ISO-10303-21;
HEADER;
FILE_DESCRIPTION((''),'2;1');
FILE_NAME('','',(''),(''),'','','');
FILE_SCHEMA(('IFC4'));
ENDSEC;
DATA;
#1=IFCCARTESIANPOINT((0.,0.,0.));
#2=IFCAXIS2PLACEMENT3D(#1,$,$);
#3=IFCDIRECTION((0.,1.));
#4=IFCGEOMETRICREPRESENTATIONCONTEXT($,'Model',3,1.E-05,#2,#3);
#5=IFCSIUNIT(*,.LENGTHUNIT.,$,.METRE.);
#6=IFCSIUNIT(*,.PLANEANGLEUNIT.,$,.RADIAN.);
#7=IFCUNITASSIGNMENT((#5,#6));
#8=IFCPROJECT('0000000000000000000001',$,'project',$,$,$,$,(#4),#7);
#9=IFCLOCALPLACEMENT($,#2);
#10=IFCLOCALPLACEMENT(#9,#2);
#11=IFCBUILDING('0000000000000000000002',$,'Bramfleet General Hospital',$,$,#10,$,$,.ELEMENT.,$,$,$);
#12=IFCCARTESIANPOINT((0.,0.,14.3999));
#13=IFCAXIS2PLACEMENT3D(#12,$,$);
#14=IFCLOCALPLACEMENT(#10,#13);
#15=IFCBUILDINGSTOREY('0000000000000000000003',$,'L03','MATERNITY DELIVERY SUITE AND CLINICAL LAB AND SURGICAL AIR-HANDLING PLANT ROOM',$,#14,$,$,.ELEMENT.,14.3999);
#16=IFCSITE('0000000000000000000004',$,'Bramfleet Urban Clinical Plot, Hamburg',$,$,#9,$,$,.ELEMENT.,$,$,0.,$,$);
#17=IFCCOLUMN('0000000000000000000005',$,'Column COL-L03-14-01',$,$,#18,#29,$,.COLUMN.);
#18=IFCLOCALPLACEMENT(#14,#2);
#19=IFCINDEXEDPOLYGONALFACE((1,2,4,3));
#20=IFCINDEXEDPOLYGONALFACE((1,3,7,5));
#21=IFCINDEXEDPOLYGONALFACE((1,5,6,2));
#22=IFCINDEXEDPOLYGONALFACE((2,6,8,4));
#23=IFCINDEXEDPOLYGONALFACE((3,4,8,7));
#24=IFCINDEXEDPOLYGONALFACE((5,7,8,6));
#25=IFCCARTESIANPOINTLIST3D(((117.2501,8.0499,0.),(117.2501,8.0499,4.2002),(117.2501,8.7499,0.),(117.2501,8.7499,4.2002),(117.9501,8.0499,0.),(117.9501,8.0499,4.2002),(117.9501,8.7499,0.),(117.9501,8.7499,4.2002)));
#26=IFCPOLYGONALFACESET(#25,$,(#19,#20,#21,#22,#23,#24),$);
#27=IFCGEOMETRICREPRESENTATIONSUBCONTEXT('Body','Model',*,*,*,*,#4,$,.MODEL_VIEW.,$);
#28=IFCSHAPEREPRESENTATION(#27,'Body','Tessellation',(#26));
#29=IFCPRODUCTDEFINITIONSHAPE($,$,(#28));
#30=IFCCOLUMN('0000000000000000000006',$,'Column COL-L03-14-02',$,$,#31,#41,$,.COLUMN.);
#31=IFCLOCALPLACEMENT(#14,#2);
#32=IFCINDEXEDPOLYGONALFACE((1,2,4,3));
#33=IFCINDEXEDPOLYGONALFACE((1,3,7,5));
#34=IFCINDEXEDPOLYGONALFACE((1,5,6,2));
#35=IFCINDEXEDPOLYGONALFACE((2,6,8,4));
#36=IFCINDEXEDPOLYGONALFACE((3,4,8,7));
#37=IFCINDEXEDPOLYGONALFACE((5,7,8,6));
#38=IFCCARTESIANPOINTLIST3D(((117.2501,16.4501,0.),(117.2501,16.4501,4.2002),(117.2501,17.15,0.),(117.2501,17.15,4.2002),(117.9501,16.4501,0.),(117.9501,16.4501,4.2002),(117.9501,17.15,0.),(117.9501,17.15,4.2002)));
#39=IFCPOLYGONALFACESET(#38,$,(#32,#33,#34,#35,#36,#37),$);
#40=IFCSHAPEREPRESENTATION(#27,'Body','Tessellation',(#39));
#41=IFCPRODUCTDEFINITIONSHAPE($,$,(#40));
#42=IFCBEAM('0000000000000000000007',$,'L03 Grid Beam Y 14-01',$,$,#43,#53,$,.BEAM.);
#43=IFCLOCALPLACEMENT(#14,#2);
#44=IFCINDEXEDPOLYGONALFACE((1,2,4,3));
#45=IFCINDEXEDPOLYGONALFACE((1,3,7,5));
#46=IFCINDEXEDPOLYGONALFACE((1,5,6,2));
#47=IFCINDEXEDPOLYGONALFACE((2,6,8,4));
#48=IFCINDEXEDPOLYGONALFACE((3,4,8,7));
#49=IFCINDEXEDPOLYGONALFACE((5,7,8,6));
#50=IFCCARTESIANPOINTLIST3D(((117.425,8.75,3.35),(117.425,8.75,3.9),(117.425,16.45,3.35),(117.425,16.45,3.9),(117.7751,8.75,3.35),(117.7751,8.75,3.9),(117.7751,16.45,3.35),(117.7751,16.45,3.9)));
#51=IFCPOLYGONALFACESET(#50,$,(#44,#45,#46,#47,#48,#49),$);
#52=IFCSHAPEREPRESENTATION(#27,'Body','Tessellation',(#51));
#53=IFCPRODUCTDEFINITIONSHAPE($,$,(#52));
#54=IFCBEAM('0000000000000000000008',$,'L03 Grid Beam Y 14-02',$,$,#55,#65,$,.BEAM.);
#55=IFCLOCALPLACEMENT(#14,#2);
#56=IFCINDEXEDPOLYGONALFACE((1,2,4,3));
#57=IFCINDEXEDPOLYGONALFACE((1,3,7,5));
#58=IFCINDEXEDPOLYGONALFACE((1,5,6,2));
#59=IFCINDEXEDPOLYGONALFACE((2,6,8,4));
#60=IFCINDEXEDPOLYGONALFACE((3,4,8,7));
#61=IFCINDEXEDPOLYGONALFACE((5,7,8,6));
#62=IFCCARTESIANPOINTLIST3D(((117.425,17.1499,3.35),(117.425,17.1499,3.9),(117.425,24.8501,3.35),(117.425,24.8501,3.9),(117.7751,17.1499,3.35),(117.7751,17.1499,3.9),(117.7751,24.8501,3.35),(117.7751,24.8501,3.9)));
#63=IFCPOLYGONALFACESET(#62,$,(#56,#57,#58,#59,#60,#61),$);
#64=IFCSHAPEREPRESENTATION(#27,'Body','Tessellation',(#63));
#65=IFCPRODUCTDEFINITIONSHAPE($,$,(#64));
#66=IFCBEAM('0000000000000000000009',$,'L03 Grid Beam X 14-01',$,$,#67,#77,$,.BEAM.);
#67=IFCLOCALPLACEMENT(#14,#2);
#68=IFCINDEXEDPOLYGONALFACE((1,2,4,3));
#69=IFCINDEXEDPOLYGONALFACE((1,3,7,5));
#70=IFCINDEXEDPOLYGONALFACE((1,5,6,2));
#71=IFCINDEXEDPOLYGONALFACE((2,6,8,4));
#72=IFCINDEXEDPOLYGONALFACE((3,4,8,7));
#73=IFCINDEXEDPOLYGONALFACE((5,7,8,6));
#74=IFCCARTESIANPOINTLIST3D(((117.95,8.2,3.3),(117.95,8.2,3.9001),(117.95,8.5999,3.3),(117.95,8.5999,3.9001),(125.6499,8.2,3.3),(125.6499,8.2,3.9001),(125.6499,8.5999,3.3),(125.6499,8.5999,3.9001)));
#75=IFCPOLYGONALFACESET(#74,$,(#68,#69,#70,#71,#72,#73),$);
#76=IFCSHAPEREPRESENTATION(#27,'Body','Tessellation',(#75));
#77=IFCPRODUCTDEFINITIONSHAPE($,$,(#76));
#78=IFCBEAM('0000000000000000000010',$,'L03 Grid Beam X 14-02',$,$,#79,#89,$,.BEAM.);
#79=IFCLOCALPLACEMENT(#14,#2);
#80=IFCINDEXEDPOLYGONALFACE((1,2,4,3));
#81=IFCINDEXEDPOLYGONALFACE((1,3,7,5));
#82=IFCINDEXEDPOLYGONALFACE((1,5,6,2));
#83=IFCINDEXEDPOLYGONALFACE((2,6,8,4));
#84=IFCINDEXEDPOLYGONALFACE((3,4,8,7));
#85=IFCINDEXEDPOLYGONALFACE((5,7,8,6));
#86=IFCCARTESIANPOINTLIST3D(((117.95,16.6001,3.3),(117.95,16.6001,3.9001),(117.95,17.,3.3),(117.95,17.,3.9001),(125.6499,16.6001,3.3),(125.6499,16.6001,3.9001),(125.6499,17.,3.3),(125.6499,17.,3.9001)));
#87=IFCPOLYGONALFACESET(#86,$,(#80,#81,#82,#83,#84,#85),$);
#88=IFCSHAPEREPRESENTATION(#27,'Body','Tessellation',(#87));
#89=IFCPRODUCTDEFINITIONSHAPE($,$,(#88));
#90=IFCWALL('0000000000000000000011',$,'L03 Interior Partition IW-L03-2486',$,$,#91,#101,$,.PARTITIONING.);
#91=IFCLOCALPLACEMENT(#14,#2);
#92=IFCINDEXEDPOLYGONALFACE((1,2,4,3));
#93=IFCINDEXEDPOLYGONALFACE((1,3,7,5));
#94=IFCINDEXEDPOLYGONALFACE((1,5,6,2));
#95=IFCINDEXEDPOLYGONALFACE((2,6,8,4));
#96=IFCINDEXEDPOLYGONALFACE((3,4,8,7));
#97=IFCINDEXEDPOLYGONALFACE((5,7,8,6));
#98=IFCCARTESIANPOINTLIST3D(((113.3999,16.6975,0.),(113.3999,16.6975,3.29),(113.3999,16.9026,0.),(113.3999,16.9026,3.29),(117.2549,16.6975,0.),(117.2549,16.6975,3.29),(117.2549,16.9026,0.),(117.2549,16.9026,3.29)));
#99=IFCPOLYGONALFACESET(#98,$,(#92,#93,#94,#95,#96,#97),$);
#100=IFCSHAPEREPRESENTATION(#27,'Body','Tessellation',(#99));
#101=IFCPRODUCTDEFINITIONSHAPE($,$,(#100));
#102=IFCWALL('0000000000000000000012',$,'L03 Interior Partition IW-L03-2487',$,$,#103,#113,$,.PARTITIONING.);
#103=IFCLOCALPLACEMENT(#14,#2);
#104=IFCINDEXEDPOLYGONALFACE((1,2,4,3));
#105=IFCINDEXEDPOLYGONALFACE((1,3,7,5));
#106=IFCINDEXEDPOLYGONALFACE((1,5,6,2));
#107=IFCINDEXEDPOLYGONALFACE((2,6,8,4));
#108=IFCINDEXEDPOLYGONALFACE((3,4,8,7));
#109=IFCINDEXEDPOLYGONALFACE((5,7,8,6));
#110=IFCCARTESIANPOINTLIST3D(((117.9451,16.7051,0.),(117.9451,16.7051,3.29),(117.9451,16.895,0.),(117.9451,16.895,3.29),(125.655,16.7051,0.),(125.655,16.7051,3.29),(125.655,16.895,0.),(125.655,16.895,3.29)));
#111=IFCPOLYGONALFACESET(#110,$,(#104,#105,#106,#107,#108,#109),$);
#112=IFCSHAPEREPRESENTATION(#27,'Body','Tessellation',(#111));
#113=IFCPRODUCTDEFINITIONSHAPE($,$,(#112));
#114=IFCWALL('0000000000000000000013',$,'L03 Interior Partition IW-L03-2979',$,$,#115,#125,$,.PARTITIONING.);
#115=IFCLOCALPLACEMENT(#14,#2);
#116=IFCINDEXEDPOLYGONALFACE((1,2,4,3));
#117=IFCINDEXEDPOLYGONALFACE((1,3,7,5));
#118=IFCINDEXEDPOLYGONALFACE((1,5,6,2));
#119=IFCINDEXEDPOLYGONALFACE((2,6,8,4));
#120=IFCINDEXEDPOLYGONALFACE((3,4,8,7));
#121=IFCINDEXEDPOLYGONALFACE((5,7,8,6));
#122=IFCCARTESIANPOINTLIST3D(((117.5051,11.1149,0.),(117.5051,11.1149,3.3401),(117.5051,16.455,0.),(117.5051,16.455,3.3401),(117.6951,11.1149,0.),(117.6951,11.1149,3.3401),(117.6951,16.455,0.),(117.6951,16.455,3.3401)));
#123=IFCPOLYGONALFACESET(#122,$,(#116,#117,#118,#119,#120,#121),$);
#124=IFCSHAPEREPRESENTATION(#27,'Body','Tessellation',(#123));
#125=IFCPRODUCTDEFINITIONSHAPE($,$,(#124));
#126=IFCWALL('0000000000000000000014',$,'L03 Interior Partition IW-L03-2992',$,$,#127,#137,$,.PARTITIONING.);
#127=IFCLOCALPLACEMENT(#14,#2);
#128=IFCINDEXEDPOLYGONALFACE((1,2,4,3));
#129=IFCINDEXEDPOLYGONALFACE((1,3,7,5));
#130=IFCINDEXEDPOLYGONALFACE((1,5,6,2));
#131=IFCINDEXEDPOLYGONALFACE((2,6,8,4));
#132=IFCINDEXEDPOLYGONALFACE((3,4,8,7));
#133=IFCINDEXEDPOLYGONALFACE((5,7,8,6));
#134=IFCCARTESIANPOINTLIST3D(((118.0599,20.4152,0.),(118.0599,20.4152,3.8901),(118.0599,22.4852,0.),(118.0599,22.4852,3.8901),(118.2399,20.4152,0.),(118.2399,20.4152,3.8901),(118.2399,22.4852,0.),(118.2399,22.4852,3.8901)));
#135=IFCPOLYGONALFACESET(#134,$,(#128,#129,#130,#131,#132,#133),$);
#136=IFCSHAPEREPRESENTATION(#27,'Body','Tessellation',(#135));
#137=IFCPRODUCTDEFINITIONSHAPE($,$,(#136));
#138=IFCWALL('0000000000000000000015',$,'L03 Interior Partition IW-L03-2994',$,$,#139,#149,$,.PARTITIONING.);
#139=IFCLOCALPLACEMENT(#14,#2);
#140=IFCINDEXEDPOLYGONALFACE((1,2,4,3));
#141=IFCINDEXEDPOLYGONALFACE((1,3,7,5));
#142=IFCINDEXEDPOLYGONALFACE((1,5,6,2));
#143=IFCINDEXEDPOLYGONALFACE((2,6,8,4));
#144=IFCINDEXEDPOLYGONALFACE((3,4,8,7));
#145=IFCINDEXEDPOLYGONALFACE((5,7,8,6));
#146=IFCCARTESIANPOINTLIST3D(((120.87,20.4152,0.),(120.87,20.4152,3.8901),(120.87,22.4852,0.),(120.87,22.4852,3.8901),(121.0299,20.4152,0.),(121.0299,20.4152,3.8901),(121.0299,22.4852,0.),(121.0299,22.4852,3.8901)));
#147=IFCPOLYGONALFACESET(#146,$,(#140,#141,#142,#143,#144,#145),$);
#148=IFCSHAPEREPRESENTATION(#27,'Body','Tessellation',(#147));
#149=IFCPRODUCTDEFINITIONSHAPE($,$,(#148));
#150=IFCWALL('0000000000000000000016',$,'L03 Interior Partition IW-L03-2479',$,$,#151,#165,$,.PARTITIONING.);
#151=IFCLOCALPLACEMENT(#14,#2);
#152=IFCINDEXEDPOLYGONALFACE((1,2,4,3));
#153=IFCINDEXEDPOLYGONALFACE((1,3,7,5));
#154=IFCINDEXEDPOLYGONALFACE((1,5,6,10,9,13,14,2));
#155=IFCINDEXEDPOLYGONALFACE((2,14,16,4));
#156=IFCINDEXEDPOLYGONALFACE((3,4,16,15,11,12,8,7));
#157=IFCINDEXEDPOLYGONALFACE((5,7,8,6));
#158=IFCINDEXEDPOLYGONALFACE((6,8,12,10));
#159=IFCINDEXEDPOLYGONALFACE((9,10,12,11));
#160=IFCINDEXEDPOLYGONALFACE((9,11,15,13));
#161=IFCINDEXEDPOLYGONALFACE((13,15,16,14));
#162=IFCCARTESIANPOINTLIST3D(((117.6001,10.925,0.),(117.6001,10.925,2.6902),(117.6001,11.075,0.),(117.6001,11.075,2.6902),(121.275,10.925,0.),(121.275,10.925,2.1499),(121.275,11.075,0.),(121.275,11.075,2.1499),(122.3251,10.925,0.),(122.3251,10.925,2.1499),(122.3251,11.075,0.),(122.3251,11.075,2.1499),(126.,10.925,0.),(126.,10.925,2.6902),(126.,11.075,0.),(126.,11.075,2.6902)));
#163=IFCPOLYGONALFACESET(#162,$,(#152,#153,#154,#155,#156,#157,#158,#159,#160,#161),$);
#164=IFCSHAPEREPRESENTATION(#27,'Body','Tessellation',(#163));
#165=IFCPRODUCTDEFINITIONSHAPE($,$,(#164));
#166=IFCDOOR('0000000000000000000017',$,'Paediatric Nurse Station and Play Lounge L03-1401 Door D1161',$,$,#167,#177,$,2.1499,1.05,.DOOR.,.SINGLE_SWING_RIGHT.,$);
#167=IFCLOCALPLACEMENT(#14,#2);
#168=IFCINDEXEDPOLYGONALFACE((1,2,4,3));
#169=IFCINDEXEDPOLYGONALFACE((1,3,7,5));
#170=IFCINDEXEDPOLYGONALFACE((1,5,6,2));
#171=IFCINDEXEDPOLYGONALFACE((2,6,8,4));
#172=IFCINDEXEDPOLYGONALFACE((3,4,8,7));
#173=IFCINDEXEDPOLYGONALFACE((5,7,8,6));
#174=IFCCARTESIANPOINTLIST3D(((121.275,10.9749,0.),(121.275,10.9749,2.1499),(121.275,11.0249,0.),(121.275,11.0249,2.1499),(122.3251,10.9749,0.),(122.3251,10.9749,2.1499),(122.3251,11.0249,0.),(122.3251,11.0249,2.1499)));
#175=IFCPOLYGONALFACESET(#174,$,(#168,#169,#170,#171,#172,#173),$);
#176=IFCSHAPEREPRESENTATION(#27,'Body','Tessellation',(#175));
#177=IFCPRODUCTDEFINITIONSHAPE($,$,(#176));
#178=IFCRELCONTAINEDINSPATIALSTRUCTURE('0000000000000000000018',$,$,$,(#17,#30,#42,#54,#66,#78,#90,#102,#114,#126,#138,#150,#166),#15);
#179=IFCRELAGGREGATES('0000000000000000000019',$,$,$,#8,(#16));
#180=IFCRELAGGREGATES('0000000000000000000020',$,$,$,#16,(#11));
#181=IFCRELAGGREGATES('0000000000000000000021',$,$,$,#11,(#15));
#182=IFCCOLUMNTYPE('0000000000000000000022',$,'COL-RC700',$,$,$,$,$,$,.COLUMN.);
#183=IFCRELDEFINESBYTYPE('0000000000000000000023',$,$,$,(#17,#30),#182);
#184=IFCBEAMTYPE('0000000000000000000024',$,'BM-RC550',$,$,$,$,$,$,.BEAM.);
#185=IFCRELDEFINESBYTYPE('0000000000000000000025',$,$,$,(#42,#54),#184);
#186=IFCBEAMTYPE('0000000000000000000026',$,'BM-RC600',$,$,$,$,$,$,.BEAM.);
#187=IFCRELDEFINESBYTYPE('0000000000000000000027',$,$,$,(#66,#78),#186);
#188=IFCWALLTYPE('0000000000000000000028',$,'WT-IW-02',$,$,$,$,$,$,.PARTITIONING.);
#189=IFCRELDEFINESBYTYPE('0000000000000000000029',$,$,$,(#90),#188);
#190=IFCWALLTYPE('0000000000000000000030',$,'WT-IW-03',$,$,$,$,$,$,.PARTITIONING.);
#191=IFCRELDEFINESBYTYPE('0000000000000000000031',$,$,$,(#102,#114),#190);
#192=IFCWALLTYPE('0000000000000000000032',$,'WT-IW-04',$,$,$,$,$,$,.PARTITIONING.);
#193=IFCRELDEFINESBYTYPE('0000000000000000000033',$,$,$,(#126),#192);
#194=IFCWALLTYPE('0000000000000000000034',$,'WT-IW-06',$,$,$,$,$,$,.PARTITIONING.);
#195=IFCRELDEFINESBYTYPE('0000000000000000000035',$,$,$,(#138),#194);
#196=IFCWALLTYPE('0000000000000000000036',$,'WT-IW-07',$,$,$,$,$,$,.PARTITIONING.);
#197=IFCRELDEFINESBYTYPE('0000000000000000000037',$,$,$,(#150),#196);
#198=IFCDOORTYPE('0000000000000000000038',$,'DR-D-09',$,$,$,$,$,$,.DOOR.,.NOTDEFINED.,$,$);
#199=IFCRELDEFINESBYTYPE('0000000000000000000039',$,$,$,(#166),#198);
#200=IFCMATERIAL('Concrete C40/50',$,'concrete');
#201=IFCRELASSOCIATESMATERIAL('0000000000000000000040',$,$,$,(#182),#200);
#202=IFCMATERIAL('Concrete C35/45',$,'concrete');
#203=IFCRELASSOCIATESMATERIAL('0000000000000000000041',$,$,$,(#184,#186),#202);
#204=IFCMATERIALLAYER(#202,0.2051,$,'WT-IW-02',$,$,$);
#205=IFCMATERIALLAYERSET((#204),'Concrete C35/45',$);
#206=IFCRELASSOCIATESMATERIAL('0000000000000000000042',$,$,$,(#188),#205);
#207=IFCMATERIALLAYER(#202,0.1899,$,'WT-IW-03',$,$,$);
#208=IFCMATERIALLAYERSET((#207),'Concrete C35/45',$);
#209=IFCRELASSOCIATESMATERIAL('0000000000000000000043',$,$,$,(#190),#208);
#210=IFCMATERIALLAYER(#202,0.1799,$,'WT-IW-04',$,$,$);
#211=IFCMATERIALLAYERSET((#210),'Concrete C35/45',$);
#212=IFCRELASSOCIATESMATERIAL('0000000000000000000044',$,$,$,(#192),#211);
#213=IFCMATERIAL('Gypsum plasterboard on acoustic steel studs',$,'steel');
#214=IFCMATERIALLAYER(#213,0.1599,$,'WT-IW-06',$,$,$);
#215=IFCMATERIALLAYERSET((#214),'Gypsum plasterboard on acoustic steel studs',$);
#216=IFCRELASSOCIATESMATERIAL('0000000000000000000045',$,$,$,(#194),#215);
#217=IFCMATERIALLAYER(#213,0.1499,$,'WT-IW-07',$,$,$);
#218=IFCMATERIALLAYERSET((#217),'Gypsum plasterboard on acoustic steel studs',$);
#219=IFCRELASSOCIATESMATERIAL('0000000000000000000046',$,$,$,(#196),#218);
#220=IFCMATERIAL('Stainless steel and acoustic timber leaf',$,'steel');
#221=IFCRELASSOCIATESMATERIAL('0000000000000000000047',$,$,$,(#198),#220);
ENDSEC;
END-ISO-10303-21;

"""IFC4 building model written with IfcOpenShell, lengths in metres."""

from ifc_helpers import new_model, si_unit, direction, frame, frame_2d, origin, origin_2d, place, context, subcontext, project, spatial, rectangle, extrude, material, layer, layer_set, material_profile, profile_set, type_object, element, fill, save


model = new_model("IFC4")

# Units and contexts
model_context = context("Model", 3, precision=1e-05, world=origin(), true_north=direction((0.0, 1.0)))
body_context = subcontext(model_context, "Body", "Model", "MODEL_VIEW")
ifc_project = project(units=[si_unit("LENGTHUNIT", "METRE"), si_unit("PLANEANGLEUNIT", "RADIAN")], contexts=[model_context])

# Site, building, storey
site_placement = place(None, origin())
site = spatial("IfcSite", under=ifc_project, at=site_placement, Name="Bramfleet Urban Clinical Plot, Hamburg", CompositionType="ELEMENT", RefElevation=0.0)
building_placement = place(site_placement, origin())
building = spatial("IfcBuilding", under=site, at=building_placement, Name="Bramfleet General Hospital", CompositionType="ELEMENT")
storey_placement = place(building_placement, frame((0.0, 0.0, 14.3999)))
storey = spatial("IfcBuildingStorey", under=building, at=storey_placement, Name="L03", Description="MATERNITY DELIVERY SUITE AND CLINICAL LAB AND SURGICAL AIR-HANDLING PLANT ROOM", CompositionType="ELEMENT", Elevation=14.3999)

# Columns
ifc_material_1 = material(Name="Concrete C40/50", Category="concrete")
ifc_material_profile_1 = material_profile(ifc_material_1, rectangle(XDim=0.7, YDim=0.7, at=origin_2d()), Name="RC COL 700x700")
ifc_profile_set_1 = profile_set([ifc_material_profile_1], Name="Concrete C40/50")
column_type = type_object("IfcColumnType", Name="COL-RC700", PredefinedType="COLUMN", material=ifc_profile_set_1)
for number, where, z_axis, x_axis, name in (
    (1, (117.6001, 8.3999, 0.0), (0.0, 0.0, 1.0), (1.0, 0.0, 0.0), "Column COL-L03-14-01"),
    (2, (117.6001, 16.8, 0.0), (0.0, 0.0, 1.0), (1.0, 0.0, 0.0), "Column COL-L03-14-02"),
):
    element("IfcColumn", number, at=place(storey_placement, frame(where, z_axis=z_axis, x_axis=x_axis)), inside=storey, type_object=column_type, Name=name, PredefinedType="COLUMN", context=body_context, shape_type="SweptSolid", body=[
        extrude(rectangle(XDim=0.7, YDim=0.7, at=origin_2d()), origin(), (0.0, 0.0, 1.0), 4.2002),
    ])

# Beams
ifc_material_2 = material(Name="Concrete C35/45", Category="concrete")
ifc_material_profile_2 = material_profile(ifc_material_2, rectangle(XDim=0.3501, YDim=0.55, at=origin_2d()), Name="RC BM 550x350")
ifc_profile_set_2 = profile_set([ifc_material_profile_2], Name="Concrete C35/45")
beam_type_1 = type_object("IfcBeamType", Name="BM-RC550", PredefinedType="BEAM", material=ifc_profile_set_2)
beam_1_placement = place(storey_placement, frame((117.6001, 8.75, 3.625), z_axis=(0.0, 1.0, 0.0), x_axis=(-1.0, 0.0, 0.0)))
element("IfcBeam", 3, at=beam_1_placement, inside=storey, type_object=beam_type_1, Name="L03 Grid Beam Y 14-01", PredefinedType="BEAM", context=body_context, shape_type="SweptSolid", body=[
    extrude(rectangle(XDim=0.3501, YDim=0.55, at=origin_2d()), origin(), (0.0, 0.0, 1.0), 7.7),
])
beam_2_placement = place(storey_placement, frame((117.6001, 17.1499, 3.625), z_axis=(0.0, 1.0, 0.0), x_axis=(-1.0, 0.0, 0.0)))
element("IfcBeam", 4, at=beam_2_placement, inside=storey, type_object=beam_type_1, Name="L03 Grid Beam Y 14-02", PredefinedType="BEAM", context=body_context, shape_type="SweptSolid", body=[
    extrude(rectangle(XDim=0.3501, YDim=0.55, at=origin_2d()), origin(), (0.0, 0.0, 1.0), 7.7002),
])
ifc_material_profile_3 = material_profile(ifc_material_2, rectangle(XDim=0.3999, YDim=0.6001, at=origin_2d()), Name="RC BM 600x400")
ifc_profile_set_3 = profile_set([ifc_material_profile_3], Name="Concrete C35/45")
beam_type_2 = type_object("IfcBeamType", Name="BM-RC600", PredefinedType="BEAM", material=ifc_profile_set_3)
for number, where, z_axis, x_axis, name in (
    (5, (117.95, 8.3999, 3.6001), (1.0, 0.0, 0.0), (0.0, 1.0, 0.0), "L03 Grid Beam X 14-01"),
    (6, (117.95, 16.8, 3.6001), (1.0, 0.0, 0.0), (0.0, 1.0, 0.0), "L03 Grid Beam X 14-02"),
):
    element("IfcBeam", number, at=place(storey_placement, frame(where, z_axis=z_axis, x_axis=x_axis)), inside=storey, type_object=beam_type_2, Name=name, PredefinedType="BEAM", context=body_context, shape_type="SweptSolid", body=[
        extrude(rectangle(XDim=0.3999, YDim=0.6001, at=origin_2d()), origin(), (0.0, 0.0, 1.0), 7.7),
    ])

# Walls
ifc_layer_1 = layer(ifc_material_2, 0.2051, Name="WT-IW-02")
ifc_layer_set_1 = layer_set([ifc_layer_1], Name="Concrete C35/45")
wall_type_1 = type_object("IfcWallType", Name="WT-IW-02", PredefinedType="PARTITIONING", material=ifc_layer_set_1)
wall_1_placement = place(storey_placement, frame((113.3999, 16.8, 0.0), z_axis=(0.0, 0.0, 1.0), x_axis=(1.0, 0.0, 0.0)))
element("IfcWall", 7, at=wall_1_placement, inside=storey, type_object=wall_type_1, Name="L03 Interior Partition IW-L03-2486", PredefinedType="PARTITIONING", context=body_context, shape_type="SweptSolid", body=[
    extrude(rectangle(XDim=3.855, YDim=0.2051, at=frame_2d((1.9275, 0.0))), origin(), (0.0, 0.0, 1.0), 3.29),
])
ifc_layer_2 = layer(ifc_material_2, 0.1899, Name="WT-IW-03")
ifc_layer_set_2 = layer_set([ifc_layer_2], Name="Concrete C35/45")
wall_type_2 = type_object("IfcWallType", Name="WT-IW-03", PredefinedType="PARTITIONING", material=ifc_layer_set_2)
wall_2_placement = place(storey_placement, frame((117.9451, 16.8, 0.0), z_axis=(0.0, 0.0, 1.0), x_axis=(1.0, 0.0, 0.0)))
element("IfcWall", 8, at=wall_2_placement, inside=storey, type_object=wall_type_2, Name="L03 Interior Partition IW-L03-2487", PredefinedType="PARTITIONING", context=body_context, shape_type="SweptSolid", body=[
    extrude(rectangle(XDim=7.71, YDim=0.1899, at=frame_2d((3.855, 0.0))), origin(), (0.0, 0.0, 1.0), 3.29),
])
wall_3_placement = place(storey_placement, frame((117.6001, 11.115, 0.0), z_axis=(0.0, 0.0, 1.0), x_axis=(0.0, 1.0, 0.0)))
element("IfcWall", 9, at=wall_3_placement, inside=storey, type_object=wall_type_2, Name="L03 Interior Partition IW-L03-2979", PredefinedType="PARTITIONING", context=body_context, shape_type="SweptSolid", body=[
    extrude(rectangle(XDim=5.3401, YDim=0.1899, at=frame_2d((2.6699, 0.0))), origin(), (0.0, 0.0, 1.0), 3.3401),
])
ifc_layer_3 = layer(ifc_material_2, 0.1799, Name="WT-IW-04")
ifc_layer_set_3 = layer_set([ifc_layer_3], Name="Concrete C35/45")
wall_type_3 = type_object("IfcWallType", Name="WT-IW-04", PredefinedType="PARTITIONING", material=ifc_layer_set_3)
wall_4_placement = place(storey_placement, frame((118.1499, 20.415, 0.0), z_axis=(0.0, 0.0, 1.0), x_axis=(0.0, 1.0, 0.0)))
element("IfcWall", 10, at=wall_4_placement, inside=storey, type_object=wall_type_3, Name="L03 Interior Partition IW-L03-2992", PredefinedType="PARTITIONING", context=body_context, shape_type="SweptSolid", body=[
    extrude(rectangle(XDim=2.0701, YDim=0.1799, at=frame_2d((1.0352, 0.0))), origin(), (0.0, 0.0, 1.0), 3.8901),
])
ifc_material_3 = material(Name="Gypsum plasterboard on acoustic steel studs", Category="steel")
ifc_layer_4 = layer(ifc_material_3, 0.1599, Name="WT-IW-06")
ifc_layer_set_4 = layer_set([ifc_layer_4], Name="Gypsum plasterboard on acoustic steel studs")
wall_type_4 = type_object("IfcWallType", Name="WT-IW-06", PredefinedType="PARTITIONING", material=ifc_layer_set_4)
wall_5_placement = place(storey_placement, frame((120.95, 20.415, 0.0), z_axis=(0.0, 0.0, 1.0), x_axis=(0.0, 1.0, 0.0)))
element("IfcWall", 11, at=wall_5_placement, inside=storey, type_object=wall_type_4, Name="L03 Interior Partition IW-L03-2994", PredefinedType="PARTITIONING", context=body_context, shape_type="SweptSolid", body=[
    extrude(rectangle(XDim=2.0701, YDim=0.1599, at=frame_2d((1.0352, 0.0))), origin(), (0.0, 0.0, 1.0), 3.8901),
])

# Wall, opening, door
ifc_layer_5 = layer(ifc_material_3, 0.1499, Name="WT-IW-07")
ifc_layer_set_5 = layer_set([ifc_layer_5], Name="Gypsum plasterboard on acoustic steel studs")
wall_type_5 = type_object("IfcWallType", Name="WT-IW-07", PredefinedType="PARTITIONING", material=ifc_layer_set_5)
wall_6_placement = place(storey_placement, frame((117.6001, 11.0, 0.0), z_axis=(0.0, 0.0, 1.0), x_axis=(1.0, 0.0, 0.0)))
wall_6 = element("IfcWall", 12, at=wall_6_placement, inside=storey, type_object=wall_type_5, Name="L03 Interior Partition IW-L03-2479", PredefinedType="PARTITIONING", context=body_context, shape_type="SweptSolid", body=[
    extrude(rectangle(XDim=8.3999, YDim=0.1499, at=frame_2d((4.2, 0.0))), origin(), (0.0, 0.0, 1.0), 2.6902),
])
opening_1_placement = place(wall_6_placement, frame((3.675, 0.0, 0.0)))
opening_1 = element("IfcOpeningElement", 13, at=opening_1_placement, cuts=wall_6, PredefinedType="OPENING", context=body_context, shape_type="SweptSolid", body=[
    extrude(rectangle(XDim=1.05, YDim=2.1499, at=frame_2d((0.5249, 1.075))), frame((0.0, 0.085, 0.0), z_axis=(0.0, -1.0, 0.0), x_axis=(1.0, 0.0, 0.0)), (0.0, 0.0, 1.0), 0.1699),
])
ifc_material_4 = material(Name="Stainless steel and acoustic timber leaf", Category="steel")
door_type_1 = type_object("IfcDoorType", Name="DR-D-09", OperationType="NOTDEFINED", PredefinedType="DOOR", material=ifc_material_4)
door_1_placement = place(opening_1_placement, origin())
door_1 = element("IfcDoor", 14, at=door_1_placement, inside=storey, type_object=door_type_1, Name="Paediatric Nurse Station and Play Lounge L03-1401 Door D1161", OperationType="SINGLE_SWING_RIGHT", OverallHeight=2.1499, OverallWidth=1.05, PredefinedType="DOOR", context=body_context, shape_type="SweptSolid", body=[
    extrude(rectangle(XDim=1.05, YDim=2.1499, at=frame_2d((0.5249, 1.075))), frame((0.0, 0.0249, 0.0), z_axis=(0.0, -1.0, 0.0), x_axis=(1.0, 0.0, 0.0)), (0.0, 0.0, 1.0), 0.05),
])
fill(opening_1, door_1)

save(model, "model.ifc")
